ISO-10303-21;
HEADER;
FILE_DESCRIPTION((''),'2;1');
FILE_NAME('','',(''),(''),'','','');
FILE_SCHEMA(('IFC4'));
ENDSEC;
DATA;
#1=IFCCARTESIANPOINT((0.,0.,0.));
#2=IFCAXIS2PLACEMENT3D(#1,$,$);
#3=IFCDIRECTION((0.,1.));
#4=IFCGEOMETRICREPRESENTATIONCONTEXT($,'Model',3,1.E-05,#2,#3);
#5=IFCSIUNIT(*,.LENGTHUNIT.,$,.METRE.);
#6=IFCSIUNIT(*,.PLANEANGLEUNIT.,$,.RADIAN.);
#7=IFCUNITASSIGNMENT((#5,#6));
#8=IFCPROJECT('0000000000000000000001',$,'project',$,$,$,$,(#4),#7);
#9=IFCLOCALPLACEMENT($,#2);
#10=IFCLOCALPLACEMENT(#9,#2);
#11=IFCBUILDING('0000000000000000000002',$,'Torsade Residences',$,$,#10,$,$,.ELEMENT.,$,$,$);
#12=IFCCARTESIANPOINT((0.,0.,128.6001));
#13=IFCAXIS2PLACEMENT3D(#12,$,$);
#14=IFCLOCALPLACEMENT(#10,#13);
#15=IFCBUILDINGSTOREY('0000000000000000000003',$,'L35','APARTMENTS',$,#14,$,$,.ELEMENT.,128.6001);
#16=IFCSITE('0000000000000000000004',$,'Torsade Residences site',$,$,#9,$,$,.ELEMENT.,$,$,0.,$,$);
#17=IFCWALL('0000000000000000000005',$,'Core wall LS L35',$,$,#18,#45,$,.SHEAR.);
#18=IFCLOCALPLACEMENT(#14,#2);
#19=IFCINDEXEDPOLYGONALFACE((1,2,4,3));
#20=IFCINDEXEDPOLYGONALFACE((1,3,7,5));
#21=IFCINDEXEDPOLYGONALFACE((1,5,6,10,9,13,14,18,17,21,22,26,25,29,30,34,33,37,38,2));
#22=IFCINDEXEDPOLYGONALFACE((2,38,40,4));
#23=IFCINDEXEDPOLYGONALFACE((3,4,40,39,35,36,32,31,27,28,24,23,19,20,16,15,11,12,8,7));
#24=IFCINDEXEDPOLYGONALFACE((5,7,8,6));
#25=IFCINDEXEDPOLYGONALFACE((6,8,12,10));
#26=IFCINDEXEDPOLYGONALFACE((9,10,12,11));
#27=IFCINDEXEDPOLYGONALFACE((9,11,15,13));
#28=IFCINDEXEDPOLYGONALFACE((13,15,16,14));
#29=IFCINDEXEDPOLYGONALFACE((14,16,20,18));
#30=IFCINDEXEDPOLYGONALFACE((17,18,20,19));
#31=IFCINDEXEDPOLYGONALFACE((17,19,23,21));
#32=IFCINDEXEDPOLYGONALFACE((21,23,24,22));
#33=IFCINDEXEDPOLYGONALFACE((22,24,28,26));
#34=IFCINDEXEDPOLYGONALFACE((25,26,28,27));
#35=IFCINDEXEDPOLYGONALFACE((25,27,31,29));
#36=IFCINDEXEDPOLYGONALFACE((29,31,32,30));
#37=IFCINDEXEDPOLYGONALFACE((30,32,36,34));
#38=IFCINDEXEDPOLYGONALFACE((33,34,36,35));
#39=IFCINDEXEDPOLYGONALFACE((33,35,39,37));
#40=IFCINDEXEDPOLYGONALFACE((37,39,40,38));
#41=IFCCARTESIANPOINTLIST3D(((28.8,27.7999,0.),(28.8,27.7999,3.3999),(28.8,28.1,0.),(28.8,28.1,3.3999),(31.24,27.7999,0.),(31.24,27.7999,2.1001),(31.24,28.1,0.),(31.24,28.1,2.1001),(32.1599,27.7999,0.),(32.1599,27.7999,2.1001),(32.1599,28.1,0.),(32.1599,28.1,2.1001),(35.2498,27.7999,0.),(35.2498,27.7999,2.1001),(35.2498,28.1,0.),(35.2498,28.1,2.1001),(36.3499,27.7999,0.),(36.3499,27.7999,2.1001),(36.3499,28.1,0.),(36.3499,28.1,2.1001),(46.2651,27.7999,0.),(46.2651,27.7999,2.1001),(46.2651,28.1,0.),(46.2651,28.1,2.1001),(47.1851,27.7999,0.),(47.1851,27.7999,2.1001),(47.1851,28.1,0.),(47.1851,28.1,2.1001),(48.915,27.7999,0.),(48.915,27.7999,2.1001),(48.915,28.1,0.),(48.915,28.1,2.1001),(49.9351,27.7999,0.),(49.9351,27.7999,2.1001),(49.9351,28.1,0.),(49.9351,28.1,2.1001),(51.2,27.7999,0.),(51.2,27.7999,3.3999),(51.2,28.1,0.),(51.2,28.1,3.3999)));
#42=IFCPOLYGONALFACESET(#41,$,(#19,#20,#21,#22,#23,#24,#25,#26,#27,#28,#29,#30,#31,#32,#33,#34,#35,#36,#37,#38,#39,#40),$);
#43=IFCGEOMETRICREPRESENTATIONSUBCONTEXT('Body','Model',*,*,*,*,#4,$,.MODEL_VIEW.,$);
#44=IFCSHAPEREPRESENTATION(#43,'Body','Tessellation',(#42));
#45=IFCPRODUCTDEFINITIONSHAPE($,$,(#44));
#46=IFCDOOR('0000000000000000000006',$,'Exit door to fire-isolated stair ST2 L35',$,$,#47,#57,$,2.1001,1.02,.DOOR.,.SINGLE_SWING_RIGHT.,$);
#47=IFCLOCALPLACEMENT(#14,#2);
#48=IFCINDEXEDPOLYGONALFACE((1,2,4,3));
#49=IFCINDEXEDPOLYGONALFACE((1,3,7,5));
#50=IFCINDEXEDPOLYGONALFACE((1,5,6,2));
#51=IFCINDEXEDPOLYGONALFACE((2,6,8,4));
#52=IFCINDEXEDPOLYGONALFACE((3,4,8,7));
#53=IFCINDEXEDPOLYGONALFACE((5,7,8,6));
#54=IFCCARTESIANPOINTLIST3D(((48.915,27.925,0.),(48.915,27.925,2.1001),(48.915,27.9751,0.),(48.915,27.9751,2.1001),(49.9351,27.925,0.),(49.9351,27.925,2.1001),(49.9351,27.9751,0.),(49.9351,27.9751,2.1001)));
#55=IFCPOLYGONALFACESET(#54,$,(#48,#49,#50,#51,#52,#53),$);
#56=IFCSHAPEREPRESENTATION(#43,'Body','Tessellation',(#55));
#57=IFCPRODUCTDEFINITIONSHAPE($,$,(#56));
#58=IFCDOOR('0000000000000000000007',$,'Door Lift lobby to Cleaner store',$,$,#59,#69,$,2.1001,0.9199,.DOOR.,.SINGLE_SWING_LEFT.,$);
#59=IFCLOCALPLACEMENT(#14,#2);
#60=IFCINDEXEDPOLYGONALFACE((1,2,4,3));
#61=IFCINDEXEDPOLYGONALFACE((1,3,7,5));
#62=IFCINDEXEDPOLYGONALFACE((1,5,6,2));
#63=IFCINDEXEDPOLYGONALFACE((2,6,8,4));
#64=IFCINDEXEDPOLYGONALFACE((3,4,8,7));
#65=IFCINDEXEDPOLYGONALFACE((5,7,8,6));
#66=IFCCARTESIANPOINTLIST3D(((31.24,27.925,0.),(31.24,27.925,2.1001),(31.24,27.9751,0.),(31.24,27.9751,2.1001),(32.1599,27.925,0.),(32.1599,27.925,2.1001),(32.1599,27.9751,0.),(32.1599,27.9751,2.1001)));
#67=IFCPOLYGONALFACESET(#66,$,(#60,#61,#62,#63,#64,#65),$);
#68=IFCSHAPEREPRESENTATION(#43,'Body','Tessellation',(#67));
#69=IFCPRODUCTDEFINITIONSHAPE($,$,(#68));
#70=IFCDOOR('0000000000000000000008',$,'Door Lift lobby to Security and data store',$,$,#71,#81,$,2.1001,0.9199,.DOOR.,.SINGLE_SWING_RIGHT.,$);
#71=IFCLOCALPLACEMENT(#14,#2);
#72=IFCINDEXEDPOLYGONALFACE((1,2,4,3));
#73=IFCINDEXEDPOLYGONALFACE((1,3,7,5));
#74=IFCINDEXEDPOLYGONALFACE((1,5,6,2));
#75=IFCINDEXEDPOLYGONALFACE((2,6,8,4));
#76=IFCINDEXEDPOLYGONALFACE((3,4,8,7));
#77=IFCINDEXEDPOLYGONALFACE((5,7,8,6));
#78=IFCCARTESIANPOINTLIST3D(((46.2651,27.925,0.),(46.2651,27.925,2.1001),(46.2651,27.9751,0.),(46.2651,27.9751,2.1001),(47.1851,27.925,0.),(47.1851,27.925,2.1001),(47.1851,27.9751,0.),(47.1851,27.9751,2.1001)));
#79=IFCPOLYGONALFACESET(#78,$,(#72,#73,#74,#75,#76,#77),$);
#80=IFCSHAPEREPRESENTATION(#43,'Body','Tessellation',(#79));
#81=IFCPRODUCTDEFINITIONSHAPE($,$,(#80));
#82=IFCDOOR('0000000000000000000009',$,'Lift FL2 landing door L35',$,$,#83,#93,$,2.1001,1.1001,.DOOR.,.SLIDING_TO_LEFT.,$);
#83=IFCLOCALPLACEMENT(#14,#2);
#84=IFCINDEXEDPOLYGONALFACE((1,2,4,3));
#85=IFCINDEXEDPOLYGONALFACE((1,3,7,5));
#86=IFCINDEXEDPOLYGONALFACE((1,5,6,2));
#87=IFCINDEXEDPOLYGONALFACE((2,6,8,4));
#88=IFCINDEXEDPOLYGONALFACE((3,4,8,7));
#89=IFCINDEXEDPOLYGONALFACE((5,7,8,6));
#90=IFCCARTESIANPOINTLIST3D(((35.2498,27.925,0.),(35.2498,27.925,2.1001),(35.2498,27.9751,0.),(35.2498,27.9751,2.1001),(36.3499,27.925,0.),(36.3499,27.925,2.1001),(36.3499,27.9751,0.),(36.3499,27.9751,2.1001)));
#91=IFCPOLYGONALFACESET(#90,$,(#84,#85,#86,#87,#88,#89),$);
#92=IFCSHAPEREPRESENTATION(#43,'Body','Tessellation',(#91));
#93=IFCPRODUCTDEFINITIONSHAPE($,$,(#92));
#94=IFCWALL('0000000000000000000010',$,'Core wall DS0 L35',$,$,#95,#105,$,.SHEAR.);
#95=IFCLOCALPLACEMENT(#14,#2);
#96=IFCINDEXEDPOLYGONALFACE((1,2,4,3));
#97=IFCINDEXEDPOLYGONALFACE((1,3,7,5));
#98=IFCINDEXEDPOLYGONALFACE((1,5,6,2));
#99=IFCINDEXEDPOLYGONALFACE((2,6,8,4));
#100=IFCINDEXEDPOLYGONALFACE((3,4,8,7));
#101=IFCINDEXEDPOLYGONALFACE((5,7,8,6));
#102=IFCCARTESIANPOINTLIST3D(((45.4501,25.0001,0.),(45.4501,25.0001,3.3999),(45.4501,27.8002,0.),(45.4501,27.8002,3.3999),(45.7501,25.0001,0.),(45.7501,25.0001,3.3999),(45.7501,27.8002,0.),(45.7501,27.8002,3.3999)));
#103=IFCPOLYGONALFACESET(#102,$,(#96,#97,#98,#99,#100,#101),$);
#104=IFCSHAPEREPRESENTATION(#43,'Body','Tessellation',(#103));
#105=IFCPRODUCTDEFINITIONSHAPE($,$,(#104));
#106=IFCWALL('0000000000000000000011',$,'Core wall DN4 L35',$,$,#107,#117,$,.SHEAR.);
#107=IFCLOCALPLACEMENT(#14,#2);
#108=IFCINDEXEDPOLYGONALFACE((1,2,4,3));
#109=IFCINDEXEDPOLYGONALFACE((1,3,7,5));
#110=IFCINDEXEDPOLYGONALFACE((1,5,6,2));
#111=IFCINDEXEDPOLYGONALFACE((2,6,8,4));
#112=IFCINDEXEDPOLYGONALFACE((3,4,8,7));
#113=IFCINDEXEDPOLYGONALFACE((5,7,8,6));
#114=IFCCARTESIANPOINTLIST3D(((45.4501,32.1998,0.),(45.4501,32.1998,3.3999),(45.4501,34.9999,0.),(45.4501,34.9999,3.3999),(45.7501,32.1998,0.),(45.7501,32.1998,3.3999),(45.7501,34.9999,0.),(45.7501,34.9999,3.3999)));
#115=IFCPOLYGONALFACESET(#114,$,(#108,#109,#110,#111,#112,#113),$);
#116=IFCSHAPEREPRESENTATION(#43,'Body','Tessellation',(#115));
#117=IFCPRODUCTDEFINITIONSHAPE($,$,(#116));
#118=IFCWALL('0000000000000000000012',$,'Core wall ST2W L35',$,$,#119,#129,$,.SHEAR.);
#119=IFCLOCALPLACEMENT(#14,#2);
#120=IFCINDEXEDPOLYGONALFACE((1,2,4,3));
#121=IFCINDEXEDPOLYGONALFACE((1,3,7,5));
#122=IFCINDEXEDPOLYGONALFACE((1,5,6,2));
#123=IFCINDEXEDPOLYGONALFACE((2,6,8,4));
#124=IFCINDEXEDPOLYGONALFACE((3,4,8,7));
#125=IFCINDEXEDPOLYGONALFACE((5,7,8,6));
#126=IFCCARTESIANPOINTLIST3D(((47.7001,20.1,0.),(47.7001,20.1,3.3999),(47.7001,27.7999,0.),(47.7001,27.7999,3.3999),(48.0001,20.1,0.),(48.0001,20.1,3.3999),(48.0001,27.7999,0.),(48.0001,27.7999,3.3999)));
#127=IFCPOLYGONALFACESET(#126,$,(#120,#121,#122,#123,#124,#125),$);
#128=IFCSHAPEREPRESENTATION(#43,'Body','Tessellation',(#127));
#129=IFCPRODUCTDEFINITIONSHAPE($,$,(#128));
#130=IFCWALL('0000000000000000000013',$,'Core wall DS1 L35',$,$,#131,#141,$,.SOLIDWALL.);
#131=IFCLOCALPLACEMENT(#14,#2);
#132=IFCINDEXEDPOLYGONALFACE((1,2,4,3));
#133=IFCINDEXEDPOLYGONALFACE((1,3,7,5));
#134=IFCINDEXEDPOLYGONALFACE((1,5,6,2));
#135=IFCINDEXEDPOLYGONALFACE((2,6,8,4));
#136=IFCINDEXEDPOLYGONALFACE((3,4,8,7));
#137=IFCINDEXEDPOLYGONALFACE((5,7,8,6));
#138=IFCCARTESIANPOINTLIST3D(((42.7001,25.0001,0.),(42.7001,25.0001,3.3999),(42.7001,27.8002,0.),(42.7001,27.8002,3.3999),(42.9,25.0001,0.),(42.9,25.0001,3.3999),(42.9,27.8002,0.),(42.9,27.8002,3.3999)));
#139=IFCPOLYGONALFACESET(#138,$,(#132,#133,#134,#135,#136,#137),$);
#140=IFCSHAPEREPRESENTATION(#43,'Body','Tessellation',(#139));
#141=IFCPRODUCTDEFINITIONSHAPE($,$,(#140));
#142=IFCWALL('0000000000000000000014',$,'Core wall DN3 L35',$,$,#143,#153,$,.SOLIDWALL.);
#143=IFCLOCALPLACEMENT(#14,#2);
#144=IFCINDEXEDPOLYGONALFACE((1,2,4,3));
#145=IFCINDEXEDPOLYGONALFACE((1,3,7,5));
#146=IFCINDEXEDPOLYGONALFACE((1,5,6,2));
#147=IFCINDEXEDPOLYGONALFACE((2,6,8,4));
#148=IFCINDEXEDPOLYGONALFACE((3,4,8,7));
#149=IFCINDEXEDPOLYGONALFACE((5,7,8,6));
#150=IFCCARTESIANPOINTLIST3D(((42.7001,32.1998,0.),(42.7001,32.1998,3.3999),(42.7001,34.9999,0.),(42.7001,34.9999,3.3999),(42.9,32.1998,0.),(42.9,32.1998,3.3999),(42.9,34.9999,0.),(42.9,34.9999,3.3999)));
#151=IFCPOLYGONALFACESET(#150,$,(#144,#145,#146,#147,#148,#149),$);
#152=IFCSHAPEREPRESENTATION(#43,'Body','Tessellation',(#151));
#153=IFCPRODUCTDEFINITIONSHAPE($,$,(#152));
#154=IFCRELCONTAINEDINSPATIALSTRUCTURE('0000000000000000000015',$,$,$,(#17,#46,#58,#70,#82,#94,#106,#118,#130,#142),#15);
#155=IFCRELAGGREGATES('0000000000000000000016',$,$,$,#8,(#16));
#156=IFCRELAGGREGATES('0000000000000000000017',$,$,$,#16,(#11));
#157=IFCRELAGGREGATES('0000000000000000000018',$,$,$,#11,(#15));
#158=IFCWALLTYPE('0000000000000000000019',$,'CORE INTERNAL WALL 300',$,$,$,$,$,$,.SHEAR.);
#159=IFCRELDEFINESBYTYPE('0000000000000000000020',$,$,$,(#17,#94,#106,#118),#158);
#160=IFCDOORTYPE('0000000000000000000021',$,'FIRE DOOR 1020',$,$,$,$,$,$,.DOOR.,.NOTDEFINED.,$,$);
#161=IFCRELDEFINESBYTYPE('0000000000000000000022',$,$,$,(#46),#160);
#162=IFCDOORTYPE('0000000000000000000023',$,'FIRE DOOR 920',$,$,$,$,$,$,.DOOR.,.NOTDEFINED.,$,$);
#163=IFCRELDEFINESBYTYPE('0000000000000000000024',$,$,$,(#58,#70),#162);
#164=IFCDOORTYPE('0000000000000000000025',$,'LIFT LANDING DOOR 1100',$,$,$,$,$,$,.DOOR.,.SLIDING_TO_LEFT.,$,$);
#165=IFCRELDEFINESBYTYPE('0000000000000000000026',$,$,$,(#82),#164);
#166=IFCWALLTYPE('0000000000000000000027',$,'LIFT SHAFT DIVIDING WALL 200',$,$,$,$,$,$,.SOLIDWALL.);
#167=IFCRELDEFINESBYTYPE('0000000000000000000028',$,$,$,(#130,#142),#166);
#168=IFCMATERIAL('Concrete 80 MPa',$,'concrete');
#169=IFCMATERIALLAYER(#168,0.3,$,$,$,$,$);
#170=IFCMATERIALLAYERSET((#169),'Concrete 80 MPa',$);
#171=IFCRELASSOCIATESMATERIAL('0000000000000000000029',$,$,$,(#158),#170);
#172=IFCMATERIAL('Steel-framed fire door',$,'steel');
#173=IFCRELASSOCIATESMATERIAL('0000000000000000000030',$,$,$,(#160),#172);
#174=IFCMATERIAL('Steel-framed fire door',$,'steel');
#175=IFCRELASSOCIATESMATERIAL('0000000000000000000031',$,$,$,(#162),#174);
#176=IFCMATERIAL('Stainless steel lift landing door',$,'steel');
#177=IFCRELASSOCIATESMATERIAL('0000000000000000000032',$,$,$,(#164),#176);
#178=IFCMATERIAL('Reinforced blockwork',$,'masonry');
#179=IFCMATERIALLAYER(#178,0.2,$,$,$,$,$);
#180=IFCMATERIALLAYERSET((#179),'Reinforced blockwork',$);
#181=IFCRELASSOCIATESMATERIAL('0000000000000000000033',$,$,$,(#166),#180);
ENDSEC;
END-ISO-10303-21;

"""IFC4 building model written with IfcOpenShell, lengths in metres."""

from ifc_helpers import new_model, si_unit, direction, frame, frame_2d, origin, place, context, subcontext, project, spatial, rectangle, extrude, material, layer, layer_set, type_object, element, fill, save


model = new_model("IFC4")

# Units and contexts
model_context = context("Model", 3, precision=1e-05, world=origin(), true_north=direction((0.0, 1.0)))
body_context = subcontext(model_context, "Body", "Model", "MODEL_VIEW")
ifc_project = project(units=[si_unit("LENGTHUNIT", "METRE"), si_unit("PLANEANGLEUNIT", "RADIAN")], contexts=[model_context])

# Site, building, storey
site_placement = place(None, origin())
site = spatial("IfcSite", under=ifc_project, at=site_placement, Name="Torsade Residences site", CompositionType="ELEMENT", RefElevation=0.0)
building_placement = place(site_placement, origin())
building = spatial("IfcBuilding", under=site, at=building_placement, Name="Torsade Residences", CompositionType="ELEMENT")
storey_placement = place(building_placement, frame((0.0, 0.0, 128.6001)))
storey = spatial("IfcBuildingStorey", under=building, at=storey_placement, Name="L35", Description="APARTMENTS", CompositionType="ELEMENT", Elevation=128.6001)

# Wall, openings, doors
ifc_material_1 = material(Name="Concrete 80 MPa", Category="concrete")
ifc_layer_1 = layer(ifc_material_1, 0.3)
ifc_layer_set_1 = layer_set([ifc_layer_1], Name="Concrete 80 MPa")
wall_type_1 = type_object("IfcWallType", Name="CORE INTERNAL WALL 300", PredefinedType="SHEAR", material=ifc_layer_set_1)
wall_1_placement = place(storey_placement, frame((51.2, 27.95, 0.0), z_axis=(0.0, 0.0, 1.0), x_axis=(-1.0, 0.0, 0.0)))
wall_1 = element("IfcWall", 1, at=wall_1_placement, inside=storey, type_object=wall_type_1, Name="Core wall LS L35", PredefinedType="SHEAR", context=body_context, shape_type="SweptSolid", body=[
    extrude(rectangle(XDim=22.3999, YDim=0.3, at=frame_2d((11.2, 0.0))), origin(), (0.0, 0.0, 1.0), 3.3999),
])
opening_1_placement = place(wall_1_placement, frame((19.04, 0.0, 0.0)))
opening_1 = element("IfcOpeningElement", 2, at=opening_1_placement, cuts=wall_1, PredefinedType="OPENING", context=body_context, shape_type="SweptSolid", body=[
    extrude(rectangle(XDim=0.9199, YDim=2.1001, at=frame_2d((0.46, 1.05))), frame((0.0, 0.1599, 0.0), z_axis=(0.0, -1.0, 0.0), x_axis=(1.0, 0.0, 0.0)), (0.0, 0.0, 1.0), 0.3201),
])
opening_2_placement = place(wall_1_placement, frame((1.2649, 0.0, 0.0)))
opening_2 = element("IfcOpeningElement", 3, at=opening_2_placement, cuts=wall_1, PredefinedType="OPENING", context=body_context, shape_type="SweptSolid", body=[
    extrude(rectangle(XDim=1.02, YDim=2.1001, at=frame_2d((0.51, 1.05))), frame((0.0, 0.1599, 0.0), z_axis=(0.0, -1.0, 0.0), x_axis=(1.0, 0.0, 0.0)), (0.0, 0.0, 1.0), 0.3201),
])
opening_3_placement = place(wall_1_placement, frame((4.0149, 0.0, 0.0)))
opening_3 = element("IfcOpeningElement", 4, at=opening_3_placement, cuts=wall_1, PredefinedType="OPENING", context=body_context, shape_type="SweptSolid", body=[
    extrude(rectangle(XDim=0.9199, YDim=2.1001, at=frame_2d((0.46, 1.05))), frame((0.0, 0.1599, 0.0), z_axis=(0.0, -1.0, 0.0), x_axis=(1.0, 0.0, 0.0)), (0.0, 0.0, 1.0), 0.3201),
])
opening_4_placement = place(wall_1_placement, frame((14.8501, 0.0, 0.0)))
opening_4 = element("IfcOpeningElement", 5, at=opening_4_placement, cuts=wall_1, PredefinedType="OPENING", context=body_context, shape_type="SweptSolid", body=[
    extrude(rectangle(XDim=1.1001, YDim=2.1001, at=frame_2d((0.55, 1.05))), frame((0.0, 0.1599, 0.0), z_axis=(0.0, -1.0, 0.0), x_axis=(1.0, 0.0, 0.0)), (0.0, 0.0, 1.0), 0.3201),
])
ifc_material_2 = material(Name="Steel-framed fire door", Category="steel")
door_type_1 = type_object("IfcDoorType", Name="FIRE DOOR 1020", OperationType="NOTDEFINED", PredefinedType="DOOR", material=ifc_material_2)
door_1_placement = place(opening_2_placement, origin())
door_1 = element("IfcDoor", 6, at=door_1_placement, inside=storey, type_object=door_type_1, Name="Exit door to fire-isolated stair ST2 L35", OperationType="SINGLE_SWING_RIGHT", OverallHeight=2.1001, OverallWidth=1.02, PredefinedType="DOOR", context=body_context, shape_type="SweptSolid", body=[
    extrude(rectangle(XDim=1.02, YDim=2.1001, at=frame_2d((0.51, 1.05))), frame((0.0, 0.0249, 0.0), z_axis=(0.0, -1.0, 0.0), x_axis=(1.0, 0.0, 0.0)), (0.0, 0.0, 1.0), 0.05),
])
fill(opening_2, door_1)
ifc_material_3 = material(Name="Steel-framed fire door", Category="steel")
door_type_2 = type_object("IfcDoorType", Name="FIRE DOOR 920", OperationType="NOTDEFINED", PredefinedType="DOOR", material=ifc_material_3)
door_2_placement = place(opening_1_placement, origin())
door_2 = element("IfcDoor", 7, at=door_2_placement, inside=storey, type_object=door_type_2, Name="Door Lift lobby to Cleaner store", OperationType="SINGLE_SWING_LEFT", OverallHeight=2.1001, OverallWidth=0.9199, PredefinedType="DOOR", context=body_context, shape_type="SweptSolid", body=[
    extrude(rectangle(XDim=0.9199, YDim=2.1001, at=frame_2d((0.46, 1.05))), frame((0.0, 0.0249, 0.0), z_axis=(0.0, -1.0, 0.0), x_axis=(1.0, 0.0, 0.0)), (0.0, 0.0, 1.0), 0.05),
])
fill(opening_1, door_2)
door_3_placement = place(opening_3_placement, origin())
door_3 = element("IfcDoor", 8, at=door_3_placement, inside=storey, type_object=door_type_2, Name="Door Lift lobby to Security and data store", OperationType="SINGLE_SWING_RIGHT", OverallHeight=2.1001, OverallWidth=0.9199, PredefinedType="DOOR", context=body_context, shape_type="SweptSolid", body=[
    extrude(rectangle(XDim=0.9199, YDim=2.1001, at=frame_2d((0.46, 1.05))), frame((0.0, 0.0249, 0.0), z_axis=(0.0, -1.0, 0.0), x_axis=(1.0, 0.0, 0.0)), (0.0, 0.0, 1.0), 0.05),
])
fill(opening_3, door_3)
ifc_material_4 = material(Name="Stainless steel lift landing door", Category="steel")
door_type_3 = type_object("IfcDoorType", Name="LIFT LANDING DOOR 1100", OperationType="SLIDING_TO_LEFT", PredefinedType="DOOR", material=ifc_material_4)
door_4_placement = place(opening_4_placement, origin())
door_4 = element("IfcDoor", 9, at=door_4_placement, inside=storey, type_object=door_type_3, Name="Lift FL2 landing door L35", OperationType="SLIDING_TO_LEFT", OverallHeight=2.1001, OverallWidth=1.1001, PredefinedType="DOOR", context=body_context, shape_type="SweptSolid", body=[
    extrude(rectangle(XDim=1.1001, YDim=2.1001, at=frame_2d((0.55, 1.05))), frame((0.0, 0.0249, 0.0), z_axis=(0.0, -1.0, 0.0), x_axis=(1.0, 0.0, 0.0)), (0.0, 0.0, 1.0), 0.05),
])
fill(opening_4, door_4)

# Walls
for number, where, z_axis, x_axis, name in (
    (10, (45.6001, 27.8, 0.0), (0.0, 0.0, 1.0), (0.0, -1.0, 0.0), "Core wall DS0 L35"),
    (11, (45.6001, 32.2, 0.0), (0.0, 0.0, 1.0), (0.0, 1.0, 0.0), "Core wall DN4 L35"),
):
    element("IfcWall", number, at=place(storey_placement, frame(where, z_axis=z_axis, x_axis=x_axis)), inside=storey, type_object=wall_type_1, Name=name, PredefinedType="SHEAR", context=body_context, shape_type="SweptSolid", body=[
        extrude(rectangle(XDim=2.8, YDim=0.3, at=frame_2d((1.3999, 0.0))), origin(), (0.0, 0.0, 1.0), 3.3999),
    ])
wall_2_placement = place(storey_placement, frame((47.8501, 27.8, 0.0), z_axis=(0.0, 0.0, 1.0), x_axis=(0.0, -1.0, 0.0)))
element("IfcWall", 12, at=wall_2_placement, inside=storey, type_object=wall_type_1, Name="Core wall ST2W L35", PredefinedType="SHEAR", context=body_context, shape_type="SweptSolid", body=[
    extrude(rectangle(XDim=7.7, YDim=0.3, at=frame_2d((3.8501, 0.0))), origin(), (0.0, 0.0, 1.0), 3.3999),
])
ifc_material_5 = material(Name="Reinforced blockwork", Category="masonry")
ifc_layer_2 = layer(ifc_material_5, 0.2)
ifc_layer_set_2 = layer_set([ifc_layer_2], Name="Reinforced blockwork")
wall_type_2 = type_object("IfcWallType", Name="LIFT SHAFT DIVIDING WALL 200", PredefinedType="SOLIDWALL", material=ifc_layer_set_2)
for number, where, z_axis, x_axis, name in (
    (13, (42.8, 27.8, 0.0), (0.0, 0.0, 1.0), (0.0, -1.0, 0.0), "Core wall DS1 L35"),
    (14, (42.8, 32.2, 0.0), (0.0, 0.0, 1.0), (0.0, 1.0, 0.0), "Core wall DN3 L35"),
):
    element("IfcWall", number, at=place(storey_placement, frame(where, z_axis=z_axis, x_axis=x_axis)), inside=storey, type_object=wall_type_2, Name=name, PredefinedType="SOLIDWALL", context=body_context, shape_type="SweptSolid", body=[
        extrude(rectangle(XDim=2.8, YDim=0.2, at=frame_2d((1.3999, 0.0))), origin(), (0.0, 0.0, 1.0), 3.3999),
    ])

save(model, "model.ifc")
